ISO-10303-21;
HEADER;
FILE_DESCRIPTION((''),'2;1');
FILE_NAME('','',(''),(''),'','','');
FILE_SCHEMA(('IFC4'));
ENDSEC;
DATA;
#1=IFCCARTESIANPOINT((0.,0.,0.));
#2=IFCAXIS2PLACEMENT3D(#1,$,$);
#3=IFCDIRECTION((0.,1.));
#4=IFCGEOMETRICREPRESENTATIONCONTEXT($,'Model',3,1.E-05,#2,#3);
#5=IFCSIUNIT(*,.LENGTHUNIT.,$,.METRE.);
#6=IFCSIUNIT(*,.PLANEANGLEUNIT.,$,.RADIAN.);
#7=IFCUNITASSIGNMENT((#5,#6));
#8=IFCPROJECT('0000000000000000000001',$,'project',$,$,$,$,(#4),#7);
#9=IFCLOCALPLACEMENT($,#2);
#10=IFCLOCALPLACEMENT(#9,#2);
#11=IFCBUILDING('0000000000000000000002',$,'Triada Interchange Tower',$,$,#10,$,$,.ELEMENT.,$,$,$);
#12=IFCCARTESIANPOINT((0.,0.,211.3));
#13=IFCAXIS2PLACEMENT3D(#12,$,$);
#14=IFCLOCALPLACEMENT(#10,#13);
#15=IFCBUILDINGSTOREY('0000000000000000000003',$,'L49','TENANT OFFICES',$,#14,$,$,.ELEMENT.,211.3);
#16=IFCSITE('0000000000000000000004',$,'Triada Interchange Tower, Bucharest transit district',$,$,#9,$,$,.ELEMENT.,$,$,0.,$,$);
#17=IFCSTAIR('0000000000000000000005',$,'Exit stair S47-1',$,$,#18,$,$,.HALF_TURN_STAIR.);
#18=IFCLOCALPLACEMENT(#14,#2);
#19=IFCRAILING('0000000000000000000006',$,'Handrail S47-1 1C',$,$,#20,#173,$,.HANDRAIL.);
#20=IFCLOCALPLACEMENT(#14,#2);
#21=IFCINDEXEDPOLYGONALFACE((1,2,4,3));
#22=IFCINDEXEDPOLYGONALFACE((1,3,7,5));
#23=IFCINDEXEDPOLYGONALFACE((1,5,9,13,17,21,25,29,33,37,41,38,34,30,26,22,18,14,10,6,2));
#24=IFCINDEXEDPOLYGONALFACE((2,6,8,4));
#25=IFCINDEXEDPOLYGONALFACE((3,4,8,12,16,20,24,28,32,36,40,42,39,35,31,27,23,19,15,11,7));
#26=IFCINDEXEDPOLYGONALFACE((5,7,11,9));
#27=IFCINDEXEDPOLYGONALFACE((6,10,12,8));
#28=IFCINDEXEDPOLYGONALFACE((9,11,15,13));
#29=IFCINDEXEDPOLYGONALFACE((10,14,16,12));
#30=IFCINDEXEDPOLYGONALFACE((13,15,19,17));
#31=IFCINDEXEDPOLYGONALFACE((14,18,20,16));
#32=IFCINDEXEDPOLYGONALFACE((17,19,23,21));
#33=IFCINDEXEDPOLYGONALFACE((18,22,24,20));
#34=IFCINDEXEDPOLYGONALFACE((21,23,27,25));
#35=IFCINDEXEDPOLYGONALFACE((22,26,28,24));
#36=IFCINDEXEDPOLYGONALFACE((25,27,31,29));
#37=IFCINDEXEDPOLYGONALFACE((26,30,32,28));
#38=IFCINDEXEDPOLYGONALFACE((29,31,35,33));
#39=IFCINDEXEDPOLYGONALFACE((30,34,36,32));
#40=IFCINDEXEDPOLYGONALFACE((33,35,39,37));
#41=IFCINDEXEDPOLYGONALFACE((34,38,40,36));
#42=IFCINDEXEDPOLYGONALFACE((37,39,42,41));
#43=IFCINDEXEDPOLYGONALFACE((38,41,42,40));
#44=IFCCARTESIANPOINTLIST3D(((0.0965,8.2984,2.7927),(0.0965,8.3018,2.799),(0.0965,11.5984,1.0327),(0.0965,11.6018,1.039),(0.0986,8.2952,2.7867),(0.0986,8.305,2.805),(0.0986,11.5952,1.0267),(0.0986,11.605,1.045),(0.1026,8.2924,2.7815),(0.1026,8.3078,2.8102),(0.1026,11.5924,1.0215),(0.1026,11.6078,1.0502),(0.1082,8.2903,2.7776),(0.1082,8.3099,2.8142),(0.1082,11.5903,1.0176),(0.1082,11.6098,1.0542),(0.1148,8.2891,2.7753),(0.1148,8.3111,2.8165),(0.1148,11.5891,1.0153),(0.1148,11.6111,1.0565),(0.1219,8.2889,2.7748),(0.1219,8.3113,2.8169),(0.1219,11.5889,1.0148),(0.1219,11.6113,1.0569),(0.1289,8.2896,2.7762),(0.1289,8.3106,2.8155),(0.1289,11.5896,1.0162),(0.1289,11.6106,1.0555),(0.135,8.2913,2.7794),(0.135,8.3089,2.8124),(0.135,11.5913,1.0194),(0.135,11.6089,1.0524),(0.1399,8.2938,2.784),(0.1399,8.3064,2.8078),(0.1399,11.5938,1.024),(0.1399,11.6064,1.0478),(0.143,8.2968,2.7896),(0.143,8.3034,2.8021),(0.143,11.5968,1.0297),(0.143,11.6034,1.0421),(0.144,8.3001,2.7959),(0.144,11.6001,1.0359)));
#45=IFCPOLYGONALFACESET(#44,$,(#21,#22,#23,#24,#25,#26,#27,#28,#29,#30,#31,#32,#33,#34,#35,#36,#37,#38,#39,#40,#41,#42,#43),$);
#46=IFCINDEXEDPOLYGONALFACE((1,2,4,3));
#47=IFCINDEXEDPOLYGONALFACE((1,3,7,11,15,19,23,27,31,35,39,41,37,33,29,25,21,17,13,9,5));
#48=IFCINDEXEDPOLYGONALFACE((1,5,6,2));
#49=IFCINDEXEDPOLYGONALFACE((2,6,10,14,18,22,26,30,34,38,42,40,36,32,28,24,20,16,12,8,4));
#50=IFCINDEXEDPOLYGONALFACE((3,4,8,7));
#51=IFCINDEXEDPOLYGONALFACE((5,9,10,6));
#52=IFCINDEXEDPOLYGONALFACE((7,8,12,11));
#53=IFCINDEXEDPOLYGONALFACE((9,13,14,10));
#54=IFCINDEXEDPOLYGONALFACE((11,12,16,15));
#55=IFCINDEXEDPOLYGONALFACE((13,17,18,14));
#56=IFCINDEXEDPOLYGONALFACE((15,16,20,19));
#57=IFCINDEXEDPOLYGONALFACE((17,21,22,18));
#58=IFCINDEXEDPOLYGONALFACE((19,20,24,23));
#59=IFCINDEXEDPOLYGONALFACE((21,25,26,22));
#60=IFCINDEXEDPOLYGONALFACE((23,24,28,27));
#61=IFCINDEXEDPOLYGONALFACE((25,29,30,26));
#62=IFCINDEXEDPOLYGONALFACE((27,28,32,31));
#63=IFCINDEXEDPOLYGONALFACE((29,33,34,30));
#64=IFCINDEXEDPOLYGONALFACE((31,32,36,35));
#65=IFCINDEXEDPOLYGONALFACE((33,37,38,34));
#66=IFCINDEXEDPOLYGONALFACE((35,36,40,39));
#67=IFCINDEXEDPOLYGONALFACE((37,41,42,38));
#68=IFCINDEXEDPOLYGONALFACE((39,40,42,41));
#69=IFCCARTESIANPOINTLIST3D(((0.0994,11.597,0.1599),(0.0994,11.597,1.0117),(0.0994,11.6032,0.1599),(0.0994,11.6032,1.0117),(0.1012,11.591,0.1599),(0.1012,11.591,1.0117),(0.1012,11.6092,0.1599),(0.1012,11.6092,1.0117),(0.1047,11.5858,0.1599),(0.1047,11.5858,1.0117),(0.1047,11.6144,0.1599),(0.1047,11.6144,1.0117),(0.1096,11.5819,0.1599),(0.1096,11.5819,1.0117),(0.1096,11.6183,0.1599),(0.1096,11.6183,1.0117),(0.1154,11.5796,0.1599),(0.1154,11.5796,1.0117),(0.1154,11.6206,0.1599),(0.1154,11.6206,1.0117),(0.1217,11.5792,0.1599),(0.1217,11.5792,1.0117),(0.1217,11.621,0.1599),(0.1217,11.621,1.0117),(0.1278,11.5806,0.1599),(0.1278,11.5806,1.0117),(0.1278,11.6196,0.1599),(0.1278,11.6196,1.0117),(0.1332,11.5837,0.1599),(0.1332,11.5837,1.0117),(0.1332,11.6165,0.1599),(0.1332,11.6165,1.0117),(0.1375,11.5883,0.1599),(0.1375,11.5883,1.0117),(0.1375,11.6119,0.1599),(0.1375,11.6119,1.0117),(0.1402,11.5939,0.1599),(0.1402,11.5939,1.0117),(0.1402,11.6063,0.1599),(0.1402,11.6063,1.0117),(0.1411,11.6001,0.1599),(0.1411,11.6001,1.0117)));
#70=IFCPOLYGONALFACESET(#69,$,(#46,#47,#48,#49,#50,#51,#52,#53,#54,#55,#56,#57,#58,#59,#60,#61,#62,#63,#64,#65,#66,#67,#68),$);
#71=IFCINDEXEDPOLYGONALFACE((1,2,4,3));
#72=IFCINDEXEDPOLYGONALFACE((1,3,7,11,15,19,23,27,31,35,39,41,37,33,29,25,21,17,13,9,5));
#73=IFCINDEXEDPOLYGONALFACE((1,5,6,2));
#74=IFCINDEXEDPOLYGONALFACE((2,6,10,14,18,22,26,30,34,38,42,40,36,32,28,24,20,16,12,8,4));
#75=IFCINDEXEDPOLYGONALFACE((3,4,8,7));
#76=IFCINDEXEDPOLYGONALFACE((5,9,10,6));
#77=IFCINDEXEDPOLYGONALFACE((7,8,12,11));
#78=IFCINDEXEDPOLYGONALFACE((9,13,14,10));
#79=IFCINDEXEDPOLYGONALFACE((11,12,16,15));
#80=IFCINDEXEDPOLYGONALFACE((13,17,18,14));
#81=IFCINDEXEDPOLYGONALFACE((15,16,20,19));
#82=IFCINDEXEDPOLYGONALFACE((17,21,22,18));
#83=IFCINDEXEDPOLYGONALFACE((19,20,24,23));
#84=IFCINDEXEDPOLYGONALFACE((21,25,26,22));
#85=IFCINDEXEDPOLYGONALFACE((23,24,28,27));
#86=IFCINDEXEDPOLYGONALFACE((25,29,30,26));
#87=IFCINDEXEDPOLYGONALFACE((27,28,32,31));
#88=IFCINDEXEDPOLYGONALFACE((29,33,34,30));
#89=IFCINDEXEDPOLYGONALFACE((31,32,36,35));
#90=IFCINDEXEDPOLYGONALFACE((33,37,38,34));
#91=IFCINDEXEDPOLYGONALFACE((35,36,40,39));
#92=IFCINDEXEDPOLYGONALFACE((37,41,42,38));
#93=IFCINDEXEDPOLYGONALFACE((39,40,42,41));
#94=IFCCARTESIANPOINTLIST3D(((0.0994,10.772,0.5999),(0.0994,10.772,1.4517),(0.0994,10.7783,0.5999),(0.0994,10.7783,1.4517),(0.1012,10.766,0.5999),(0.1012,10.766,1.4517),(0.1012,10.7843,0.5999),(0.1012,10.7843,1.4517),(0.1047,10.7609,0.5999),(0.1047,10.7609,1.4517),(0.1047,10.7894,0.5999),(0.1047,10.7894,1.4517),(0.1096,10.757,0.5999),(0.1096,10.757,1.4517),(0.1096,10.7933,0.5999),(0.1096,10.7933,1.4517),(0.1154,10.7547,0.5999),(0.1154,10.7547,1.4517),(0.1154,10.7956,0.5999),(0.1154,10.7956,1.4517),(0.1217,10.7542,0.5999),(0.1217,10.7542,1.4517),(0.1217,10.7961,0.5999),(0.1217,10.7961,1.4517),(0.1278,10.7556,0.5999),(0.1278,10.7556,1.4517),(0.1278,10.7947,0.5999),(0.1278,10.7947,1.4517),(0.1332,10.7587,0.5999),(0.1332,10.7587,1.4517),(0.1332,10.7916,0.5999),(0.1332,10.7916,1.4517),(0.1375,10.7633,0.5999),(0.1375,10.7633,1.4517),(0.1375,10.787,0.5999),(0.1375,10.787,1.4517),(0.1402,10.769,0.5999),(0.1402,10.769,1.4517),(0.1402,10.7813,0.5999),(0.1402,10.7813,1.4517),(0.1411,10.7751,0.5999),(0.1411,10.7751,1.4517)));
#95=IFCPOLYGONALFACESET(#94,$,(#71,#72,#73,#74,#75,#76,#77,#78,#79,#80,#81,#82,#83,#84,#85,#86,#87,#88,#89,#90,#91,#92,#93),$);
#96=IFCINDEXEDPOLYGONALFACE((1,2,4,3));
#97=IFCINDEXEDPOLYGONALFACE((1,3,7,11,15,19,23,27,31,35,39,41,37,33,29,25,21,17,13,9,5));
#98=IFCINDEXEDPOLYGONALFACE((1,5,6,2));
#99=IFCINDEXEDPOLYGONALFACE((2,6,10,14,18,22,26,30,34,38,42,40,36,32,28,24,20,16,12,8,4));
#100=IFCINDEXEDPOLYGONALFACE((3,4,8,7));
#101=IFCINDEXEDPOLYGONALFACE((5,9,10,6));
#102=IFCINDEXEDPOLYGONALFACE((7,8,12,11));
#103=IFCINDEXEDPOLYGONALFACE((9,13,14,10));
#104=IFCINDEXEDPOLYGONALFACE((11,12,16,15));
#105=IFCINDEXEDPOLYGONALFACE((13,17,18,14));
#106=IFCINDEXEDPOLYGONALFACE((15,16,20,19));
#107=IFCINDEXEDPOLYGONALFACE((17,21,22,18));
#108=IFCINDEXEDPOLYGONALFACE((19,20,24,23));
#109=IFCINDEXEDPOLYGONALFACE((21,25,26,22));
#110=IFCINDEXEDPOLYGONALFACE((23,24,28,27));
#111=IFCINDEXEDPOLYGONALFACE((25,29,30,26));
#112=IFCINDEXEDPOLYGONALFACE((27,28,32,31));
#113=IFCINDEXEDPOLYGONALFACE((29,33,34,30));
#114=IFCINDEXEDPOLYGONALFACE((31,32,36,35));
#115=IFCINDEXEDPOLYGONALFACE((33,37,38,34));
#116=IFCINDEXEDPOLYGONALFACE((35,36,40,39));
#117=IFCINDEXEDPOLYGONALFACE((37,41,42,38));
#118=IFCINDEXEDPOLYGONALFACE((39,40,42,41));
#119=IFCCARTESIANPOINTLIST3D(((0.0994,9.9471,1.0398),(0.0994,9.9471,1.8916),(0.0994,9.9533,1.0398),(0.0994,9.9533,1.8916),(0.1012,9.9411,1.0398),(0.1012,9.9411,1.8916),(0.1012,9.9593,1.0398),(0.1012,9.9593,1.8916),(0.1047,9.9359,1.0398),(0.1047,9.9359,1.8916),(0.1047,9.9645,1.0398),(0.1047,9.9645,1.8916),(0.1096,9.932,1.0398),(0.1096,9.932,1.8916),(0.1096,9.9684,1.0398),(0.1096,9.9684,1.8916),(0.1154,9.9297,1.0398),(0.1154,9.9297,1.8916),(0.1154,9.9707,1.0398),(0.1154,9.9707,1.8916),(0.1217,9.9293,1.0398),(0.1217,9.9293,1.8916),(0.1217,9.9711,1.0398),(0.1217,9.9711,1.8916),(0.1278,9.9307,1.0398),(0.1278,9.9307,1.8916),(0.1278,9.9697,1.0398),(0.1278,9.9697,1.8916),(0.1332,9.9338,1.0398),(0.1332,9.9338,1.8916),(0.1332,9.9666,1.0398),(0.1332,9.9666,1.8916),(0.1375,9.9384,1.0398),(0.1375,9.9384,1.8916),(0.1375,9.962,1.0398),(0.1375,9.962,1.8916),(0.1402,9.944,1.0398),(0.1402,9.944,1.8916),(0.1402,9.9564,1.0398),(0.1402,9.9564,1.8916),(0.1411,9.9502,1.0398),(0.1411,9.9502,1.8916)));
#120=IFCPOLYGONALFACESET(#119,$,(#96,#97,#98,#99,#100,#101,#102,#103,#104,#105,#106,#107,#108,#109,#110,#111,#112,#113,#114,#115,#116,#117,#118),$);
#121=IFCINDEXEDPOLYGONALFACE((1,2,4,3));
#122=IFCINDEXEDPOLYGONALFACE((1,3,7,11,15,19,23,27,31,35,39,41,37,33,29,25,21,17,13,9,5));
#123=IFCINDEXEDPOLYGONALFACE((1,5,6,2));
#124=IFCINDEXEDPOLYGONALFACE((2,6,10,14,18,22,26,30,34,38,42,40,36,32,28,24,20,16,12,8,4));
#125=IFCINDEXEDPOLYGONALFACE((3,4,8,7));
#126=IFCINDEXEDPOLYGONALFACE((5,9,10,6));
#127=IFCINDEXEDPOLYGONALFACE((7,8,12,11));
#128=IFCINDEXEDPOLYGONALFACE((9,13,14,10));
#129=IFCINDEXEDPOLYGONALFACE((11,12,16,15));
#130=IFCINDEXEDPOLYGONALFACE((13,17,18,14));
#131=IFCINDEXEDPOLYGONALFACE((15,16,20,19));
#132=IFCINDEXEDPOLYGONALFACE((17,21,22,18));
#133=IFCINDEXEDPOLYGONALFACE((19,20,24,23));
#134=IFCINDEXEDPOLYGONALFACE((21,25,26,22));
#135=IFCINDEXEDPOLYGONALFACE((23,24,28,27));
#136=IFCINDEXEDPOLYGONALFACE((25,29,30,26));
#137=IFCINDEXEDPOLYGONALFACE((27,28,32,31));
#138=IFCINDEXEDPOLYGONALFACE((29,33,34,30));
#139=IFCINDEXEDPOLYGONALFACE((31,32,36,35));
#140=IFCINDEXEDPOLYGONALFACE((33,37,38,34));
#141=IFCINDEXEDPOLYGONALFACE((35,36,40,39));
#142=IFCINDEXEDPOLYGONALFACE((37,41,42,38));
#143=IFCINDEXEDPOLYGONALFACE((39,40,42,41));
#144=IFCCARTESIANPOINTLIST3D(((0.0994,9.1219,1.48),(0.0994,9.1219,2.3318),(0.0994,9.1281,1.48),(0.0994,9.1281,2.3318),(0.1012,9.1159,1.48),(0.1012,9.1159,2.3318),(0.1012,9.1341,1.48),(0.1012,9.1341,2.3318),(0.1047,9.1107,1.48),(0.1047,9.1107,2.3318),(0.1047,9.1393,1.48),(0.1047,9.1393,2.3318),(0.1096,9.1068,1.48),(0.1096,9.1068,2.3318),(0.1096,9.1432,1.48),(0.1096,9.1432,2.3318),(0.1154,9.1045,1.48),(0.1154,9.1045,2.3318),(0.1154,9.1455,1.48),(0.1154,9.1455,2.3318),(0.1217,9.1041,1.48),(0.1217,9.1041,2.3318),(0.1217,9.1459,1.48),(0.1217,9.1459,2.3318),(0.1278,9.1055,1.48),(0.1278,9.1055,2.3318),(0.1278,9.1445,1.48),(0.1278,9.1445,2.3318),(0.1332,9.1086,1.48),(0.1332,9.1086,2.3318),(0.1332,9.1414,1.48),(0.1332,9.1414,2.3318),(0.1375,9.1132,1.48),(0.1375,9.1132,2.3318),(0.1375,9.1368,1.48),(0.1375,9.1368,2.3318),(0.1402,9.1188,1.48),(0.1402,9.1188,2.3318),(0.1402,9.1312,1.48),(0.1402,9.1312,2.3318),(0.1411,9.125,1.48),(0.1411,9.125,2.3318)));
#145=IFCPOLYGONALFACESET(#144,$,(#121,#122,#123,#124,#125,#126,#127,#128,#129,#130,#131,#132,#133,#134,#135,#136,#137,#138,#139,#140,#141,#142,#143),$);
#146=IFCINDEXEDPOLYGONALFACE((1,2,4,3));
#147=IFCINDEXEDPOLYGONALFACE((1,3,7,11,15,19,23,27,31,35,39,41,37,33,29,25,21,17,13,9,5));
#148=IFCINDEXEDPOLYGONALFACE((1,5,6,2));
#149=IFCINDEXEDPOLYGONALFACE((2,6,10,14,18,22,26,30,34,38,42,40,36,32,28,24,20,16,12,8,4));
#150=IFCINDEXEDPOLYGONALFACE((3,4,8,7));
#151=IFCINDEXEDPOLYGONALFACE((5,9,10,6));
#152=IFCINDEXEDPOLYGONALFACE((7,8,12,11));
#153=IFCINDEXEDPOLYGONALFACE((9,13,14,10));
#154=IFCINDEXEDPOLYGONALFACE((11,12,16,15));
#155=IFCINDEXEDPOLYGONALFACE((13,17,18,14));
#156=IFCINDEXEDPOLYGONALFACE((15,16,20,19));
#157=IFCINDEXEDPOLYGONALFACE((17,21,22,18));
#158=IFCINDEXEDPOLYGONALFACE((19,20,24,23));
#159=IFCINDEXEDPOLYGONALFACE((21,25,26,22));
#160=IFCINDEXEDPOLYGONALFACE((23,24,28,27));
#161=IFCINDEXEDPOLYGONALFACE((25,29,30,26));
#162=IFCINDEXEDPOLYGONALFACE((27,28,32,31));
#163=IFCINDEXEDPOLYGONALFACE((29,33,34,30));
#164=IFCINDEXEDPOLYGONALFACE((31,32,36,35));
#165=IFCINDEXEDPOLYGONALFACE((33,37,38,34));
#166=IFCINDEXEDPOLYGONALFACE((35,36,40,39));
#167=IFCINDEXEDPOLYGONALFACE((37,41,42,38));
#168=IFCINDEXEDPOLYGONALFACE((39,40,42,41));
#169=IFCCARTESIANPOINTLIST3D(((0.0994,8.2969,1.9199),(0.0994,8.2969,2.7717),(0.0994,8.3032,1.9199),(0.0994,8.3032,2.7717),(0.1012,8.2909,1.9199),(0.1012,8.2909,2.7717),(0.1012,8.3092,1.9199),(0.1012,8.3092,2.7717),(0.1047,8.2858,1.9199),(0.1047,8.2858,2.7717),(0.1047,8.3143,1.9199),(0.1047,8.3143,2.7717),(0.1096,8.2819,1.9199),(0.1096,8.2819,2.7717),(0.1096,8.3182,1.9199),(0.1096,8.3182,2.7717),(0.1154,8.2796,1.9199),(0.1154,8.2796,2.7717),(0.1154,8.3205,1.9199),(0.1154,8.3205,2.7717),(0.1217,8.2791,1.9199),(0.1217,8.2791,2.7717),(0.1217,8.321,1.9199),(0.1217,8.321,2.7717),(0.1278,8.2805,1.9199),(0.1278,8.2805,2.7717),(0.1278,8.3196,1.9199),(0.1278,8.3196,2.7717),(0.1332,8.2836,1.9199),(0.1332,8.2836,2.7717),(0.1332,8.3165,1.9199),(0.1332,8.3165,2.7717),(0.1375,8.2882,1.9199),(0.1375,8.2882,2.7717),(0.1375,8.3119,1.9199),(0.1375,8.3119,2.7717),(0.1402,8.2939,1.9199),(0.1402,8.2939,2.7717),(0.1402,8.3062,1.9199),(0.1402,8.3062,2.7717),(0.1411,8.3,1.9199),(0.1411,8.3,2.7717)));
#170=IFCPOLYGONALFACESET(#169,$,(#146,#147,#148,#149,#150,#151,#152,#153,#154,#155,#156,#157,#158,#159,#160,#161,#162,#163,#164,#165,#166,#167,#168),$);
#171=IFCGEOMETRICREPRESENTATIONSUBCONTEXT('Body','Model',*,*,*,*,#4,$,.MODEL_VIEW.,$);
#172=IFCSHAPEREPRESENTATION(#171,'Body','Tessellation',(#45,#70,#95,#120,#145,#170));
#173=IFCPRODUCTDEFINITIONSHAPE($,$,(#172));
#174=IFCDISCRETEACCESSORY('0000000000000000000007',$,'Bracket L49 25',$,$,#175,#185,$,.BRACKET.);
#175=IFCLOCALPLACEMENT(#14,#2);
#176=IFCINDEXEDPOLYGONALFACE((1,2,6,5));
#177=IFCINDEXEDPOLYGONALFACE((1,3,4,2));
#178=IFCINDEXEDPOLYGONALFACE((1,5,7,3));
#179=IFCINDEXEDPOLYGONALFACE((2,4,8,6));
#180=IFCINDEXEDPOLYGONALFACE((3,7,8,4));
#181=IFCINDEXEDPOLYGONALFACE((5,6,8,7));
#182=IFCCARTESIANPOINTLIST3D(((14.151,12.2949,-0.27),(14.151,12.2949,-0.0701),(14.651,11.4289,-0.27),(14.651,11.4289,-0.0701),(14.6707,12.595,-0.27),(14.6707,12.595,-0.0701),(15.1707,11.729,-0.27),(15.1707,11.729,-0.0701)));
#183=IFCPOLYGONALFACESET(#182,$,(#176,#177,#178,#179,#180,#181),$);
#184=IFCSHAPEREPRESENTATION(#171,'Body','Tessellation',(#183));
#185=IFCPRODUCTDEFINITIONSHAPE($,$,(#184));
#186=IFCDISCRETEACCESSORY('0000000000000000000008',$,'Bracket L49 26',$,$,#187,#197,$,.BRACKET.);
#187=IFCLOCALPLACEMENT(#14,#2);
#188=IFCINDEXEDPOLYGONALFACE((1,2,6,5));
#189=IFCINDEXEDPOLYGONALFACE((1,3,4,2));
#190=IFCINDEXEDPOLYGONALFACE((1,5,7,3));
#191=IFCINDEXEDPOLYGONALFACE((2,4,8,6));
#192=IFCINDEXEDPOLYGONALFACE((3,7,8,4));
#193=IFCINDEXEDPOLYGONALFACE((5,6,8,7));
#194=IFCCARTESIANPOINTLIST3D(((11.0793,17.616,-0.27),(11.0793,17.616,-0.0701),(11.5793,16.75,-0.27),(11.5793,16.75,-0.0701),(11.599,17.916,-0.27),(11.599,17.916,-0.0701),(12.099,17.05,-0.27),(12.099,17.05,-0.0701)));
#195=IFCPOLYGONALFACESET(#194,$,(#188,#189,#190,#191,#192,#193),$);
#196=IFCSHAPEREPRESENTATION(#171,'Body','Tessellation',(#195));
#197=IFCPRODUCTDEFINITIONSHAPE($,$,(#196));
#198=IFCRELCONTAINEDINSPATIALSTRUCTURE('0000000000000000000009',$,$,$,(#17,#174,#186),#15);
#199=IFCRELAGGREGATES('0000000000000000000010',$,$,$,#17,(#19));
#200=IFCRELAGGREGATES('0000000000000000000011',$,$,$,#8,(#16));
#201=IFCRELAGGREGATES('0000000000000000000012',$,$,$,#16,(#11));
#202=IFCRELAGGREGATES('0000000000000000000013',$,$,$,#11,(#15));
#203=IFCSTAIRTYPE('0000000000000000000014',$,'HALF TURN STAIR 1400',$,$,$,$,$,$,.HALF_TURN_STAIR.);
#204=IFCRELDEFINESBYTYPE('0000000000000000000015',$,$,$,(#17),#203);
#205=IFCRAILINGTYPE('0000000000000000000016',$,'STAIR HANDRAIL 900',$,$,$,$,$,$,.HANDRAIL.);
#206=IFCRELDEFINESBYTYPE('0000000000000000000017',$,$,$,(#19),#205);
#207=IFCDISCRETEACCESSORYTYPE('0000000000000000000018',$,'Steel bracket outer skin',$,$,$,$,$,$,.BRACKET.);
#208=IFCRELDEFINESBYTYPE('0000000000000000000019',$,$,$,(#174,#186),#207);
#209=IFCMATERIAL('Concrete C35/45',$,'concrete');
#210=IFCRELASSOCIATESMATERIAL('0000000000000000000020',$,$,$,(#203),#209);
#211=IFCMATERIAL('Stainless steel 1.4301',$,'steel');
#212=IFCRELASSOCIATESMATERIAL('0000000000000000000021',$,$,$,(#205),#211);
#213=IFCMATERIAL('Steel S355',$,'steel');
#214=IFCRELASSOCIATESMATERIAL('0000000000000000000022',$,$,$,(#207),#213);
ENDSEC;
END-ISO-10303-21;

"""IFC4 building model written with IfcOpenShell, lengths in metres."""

from ifc_helpers import new_model, si_unit, direction, frame, origin, origin_2d, place, context, subcontext, project, spatial, rectangle, circle, extrude, material, type_object, element, aggregate, save


model = new_model("IFC4")

# Units and contexts
model_context = context("Model", 3, precision=1e-05, world=origin(), true_north=direction((0.0, 1.0)))
body_context = subcontext(model_context, "Body", "Model", "MODEL_VIEW")
ifc_project = project(units=[si_unit("LENGTHUNIT", "METRE"), si_unit("PLANEANGLEUNIT", "RADIAN")], contexts=[model_context])

# Site, building, storey
site_placement = place(None, origin())
site = spatial("IfcSite", under=ifc_project, at=site_placement, Name="Triada Interchange Tower, Bucharest transit district", CompositionType="ELEMENT", RefElevation=0.0)
building_placement = place(site_placement, origin())
building = spatial("IfcBuilding", under=site, at=building_placement, Name="Triada Interchange Tower", CompositionType="ELEMENT")
storey_placement = place(building_placement, frame((0.0, 0.0, 211.3)))
storey = spatial("IfcBuildingStorey", under=building, at=storey_placement, Name="L49", Description="TENANT OFFICES", CompositionType="ELEMENT", Elevation=211.3)

# Stair
ifc_material_1 = material(Name="Concrete C35/45", Category="concrete")
stair_type = type_object("IfcStairType", Name="HALF TURN STAIR 1400", PredefinedType="HALF_TURN_STAIR", material=ifc_material_1)
stair_placement = place(storey_placement, origin())
stair = element("IfcStair", 1, at=stair_placement, inside=storey, type_object=stair_type, Name="Exit stair S47-1", PredefinedType="HALF_TURN_STAIR")

# Railing
ifc_material_2 = material(Name="Stainless steel 1.4301", Category="steel")
railing_type = type_object("IfcRailingType", Name="STAIR HANDRAIL 900", PredefinedType="HANDRAIL", material=ifc_material_2)
railing_1_placement = place(storey_placement, frame((0.1201, 11.6001, 0.1599)))
railing_1 = element("IfcRailing", 2, at=railing_1_placement, type_object=railing_type, Name="Handrail S47-1 1C", PredefinedType="HANDRAIL", context=body_context, shape_type="SweptSolid", body=[
    extrude(circle(Radius=0.0239, at=origin_2d()), frame((0.0, 0.0, 0.876), z_axis=(0.0, -0.882355, 0.470585), x_axis=(1.0, 0.0, 0.0)), (0.0, 0.0, 1.0), 3.74),
    extrude(circle(Radius=0.021, at=origin_2d()), origin(), (0.0, 0.0, 1.0), 0.8518),
    extrude(circle(Radius=0.021, at=origin_2d()), frame((0.0, -0.825, 0.4399)), (0.0, 0.0, 1.0), 0.8518),
    extrude(circle(Radius=0.021, at=origin_2d()), frame((0.0, -1.6499, 0.8799)), (0.0, 0.0, 1.0), 0.8518),
    extrude(circle(Radius=0.021, at=origin_2d()), frame((0.0, -2.4751, 1.3201)), (0.0, 0.0, 1.0), 0.8518),
    extrude(circle(Radius=0.021, at=origin_2d()), frame((0.0, -3.3, 1.76)), (0.0, 0.0, 1.0), 0.8518),
])
aggregate(stair, [railing_1])

# Discrete accessories
ifc_material_3 = material(Name="Steel S355", Category="steel")
discrete_accessory_type = type_object("IfcDiscreteAccessoryType", Name="Steel bracket outer skin", PredefinedType="BRACKET", material=ifc_material_3)
for number, where, z_axis, x_axis, name in (
    (3, (14.6609, 12.012, -0.27), (0.0, 0.0, 1.0), (0.866021, 0.500007, 0.0), "Bracket L49 25"),
    (4, (11.5891, 17.333, -0.27), (0.0, 0.0, 1.0), (0.866021, 0.500007, 0.0), "Bracket L49 26"),
):
    element("IfcDiscreteAccessory", number, at=place(storey_placement, frame(where, z_axis=z_axis, x_axis=x_axis)), inside=storey, type_object=discrete_accessory_type, Name=name, PredefinedType="BRACKET", context=body_context, shape_type="SweptSolid", body=[
        extrude(rectangle(XDim=0.6001, YDim=1.0, at=origin_2d()), origin(), (0.0, 0.0, 1.0), 0.2),
    ])

save(model, "model.ifc")
